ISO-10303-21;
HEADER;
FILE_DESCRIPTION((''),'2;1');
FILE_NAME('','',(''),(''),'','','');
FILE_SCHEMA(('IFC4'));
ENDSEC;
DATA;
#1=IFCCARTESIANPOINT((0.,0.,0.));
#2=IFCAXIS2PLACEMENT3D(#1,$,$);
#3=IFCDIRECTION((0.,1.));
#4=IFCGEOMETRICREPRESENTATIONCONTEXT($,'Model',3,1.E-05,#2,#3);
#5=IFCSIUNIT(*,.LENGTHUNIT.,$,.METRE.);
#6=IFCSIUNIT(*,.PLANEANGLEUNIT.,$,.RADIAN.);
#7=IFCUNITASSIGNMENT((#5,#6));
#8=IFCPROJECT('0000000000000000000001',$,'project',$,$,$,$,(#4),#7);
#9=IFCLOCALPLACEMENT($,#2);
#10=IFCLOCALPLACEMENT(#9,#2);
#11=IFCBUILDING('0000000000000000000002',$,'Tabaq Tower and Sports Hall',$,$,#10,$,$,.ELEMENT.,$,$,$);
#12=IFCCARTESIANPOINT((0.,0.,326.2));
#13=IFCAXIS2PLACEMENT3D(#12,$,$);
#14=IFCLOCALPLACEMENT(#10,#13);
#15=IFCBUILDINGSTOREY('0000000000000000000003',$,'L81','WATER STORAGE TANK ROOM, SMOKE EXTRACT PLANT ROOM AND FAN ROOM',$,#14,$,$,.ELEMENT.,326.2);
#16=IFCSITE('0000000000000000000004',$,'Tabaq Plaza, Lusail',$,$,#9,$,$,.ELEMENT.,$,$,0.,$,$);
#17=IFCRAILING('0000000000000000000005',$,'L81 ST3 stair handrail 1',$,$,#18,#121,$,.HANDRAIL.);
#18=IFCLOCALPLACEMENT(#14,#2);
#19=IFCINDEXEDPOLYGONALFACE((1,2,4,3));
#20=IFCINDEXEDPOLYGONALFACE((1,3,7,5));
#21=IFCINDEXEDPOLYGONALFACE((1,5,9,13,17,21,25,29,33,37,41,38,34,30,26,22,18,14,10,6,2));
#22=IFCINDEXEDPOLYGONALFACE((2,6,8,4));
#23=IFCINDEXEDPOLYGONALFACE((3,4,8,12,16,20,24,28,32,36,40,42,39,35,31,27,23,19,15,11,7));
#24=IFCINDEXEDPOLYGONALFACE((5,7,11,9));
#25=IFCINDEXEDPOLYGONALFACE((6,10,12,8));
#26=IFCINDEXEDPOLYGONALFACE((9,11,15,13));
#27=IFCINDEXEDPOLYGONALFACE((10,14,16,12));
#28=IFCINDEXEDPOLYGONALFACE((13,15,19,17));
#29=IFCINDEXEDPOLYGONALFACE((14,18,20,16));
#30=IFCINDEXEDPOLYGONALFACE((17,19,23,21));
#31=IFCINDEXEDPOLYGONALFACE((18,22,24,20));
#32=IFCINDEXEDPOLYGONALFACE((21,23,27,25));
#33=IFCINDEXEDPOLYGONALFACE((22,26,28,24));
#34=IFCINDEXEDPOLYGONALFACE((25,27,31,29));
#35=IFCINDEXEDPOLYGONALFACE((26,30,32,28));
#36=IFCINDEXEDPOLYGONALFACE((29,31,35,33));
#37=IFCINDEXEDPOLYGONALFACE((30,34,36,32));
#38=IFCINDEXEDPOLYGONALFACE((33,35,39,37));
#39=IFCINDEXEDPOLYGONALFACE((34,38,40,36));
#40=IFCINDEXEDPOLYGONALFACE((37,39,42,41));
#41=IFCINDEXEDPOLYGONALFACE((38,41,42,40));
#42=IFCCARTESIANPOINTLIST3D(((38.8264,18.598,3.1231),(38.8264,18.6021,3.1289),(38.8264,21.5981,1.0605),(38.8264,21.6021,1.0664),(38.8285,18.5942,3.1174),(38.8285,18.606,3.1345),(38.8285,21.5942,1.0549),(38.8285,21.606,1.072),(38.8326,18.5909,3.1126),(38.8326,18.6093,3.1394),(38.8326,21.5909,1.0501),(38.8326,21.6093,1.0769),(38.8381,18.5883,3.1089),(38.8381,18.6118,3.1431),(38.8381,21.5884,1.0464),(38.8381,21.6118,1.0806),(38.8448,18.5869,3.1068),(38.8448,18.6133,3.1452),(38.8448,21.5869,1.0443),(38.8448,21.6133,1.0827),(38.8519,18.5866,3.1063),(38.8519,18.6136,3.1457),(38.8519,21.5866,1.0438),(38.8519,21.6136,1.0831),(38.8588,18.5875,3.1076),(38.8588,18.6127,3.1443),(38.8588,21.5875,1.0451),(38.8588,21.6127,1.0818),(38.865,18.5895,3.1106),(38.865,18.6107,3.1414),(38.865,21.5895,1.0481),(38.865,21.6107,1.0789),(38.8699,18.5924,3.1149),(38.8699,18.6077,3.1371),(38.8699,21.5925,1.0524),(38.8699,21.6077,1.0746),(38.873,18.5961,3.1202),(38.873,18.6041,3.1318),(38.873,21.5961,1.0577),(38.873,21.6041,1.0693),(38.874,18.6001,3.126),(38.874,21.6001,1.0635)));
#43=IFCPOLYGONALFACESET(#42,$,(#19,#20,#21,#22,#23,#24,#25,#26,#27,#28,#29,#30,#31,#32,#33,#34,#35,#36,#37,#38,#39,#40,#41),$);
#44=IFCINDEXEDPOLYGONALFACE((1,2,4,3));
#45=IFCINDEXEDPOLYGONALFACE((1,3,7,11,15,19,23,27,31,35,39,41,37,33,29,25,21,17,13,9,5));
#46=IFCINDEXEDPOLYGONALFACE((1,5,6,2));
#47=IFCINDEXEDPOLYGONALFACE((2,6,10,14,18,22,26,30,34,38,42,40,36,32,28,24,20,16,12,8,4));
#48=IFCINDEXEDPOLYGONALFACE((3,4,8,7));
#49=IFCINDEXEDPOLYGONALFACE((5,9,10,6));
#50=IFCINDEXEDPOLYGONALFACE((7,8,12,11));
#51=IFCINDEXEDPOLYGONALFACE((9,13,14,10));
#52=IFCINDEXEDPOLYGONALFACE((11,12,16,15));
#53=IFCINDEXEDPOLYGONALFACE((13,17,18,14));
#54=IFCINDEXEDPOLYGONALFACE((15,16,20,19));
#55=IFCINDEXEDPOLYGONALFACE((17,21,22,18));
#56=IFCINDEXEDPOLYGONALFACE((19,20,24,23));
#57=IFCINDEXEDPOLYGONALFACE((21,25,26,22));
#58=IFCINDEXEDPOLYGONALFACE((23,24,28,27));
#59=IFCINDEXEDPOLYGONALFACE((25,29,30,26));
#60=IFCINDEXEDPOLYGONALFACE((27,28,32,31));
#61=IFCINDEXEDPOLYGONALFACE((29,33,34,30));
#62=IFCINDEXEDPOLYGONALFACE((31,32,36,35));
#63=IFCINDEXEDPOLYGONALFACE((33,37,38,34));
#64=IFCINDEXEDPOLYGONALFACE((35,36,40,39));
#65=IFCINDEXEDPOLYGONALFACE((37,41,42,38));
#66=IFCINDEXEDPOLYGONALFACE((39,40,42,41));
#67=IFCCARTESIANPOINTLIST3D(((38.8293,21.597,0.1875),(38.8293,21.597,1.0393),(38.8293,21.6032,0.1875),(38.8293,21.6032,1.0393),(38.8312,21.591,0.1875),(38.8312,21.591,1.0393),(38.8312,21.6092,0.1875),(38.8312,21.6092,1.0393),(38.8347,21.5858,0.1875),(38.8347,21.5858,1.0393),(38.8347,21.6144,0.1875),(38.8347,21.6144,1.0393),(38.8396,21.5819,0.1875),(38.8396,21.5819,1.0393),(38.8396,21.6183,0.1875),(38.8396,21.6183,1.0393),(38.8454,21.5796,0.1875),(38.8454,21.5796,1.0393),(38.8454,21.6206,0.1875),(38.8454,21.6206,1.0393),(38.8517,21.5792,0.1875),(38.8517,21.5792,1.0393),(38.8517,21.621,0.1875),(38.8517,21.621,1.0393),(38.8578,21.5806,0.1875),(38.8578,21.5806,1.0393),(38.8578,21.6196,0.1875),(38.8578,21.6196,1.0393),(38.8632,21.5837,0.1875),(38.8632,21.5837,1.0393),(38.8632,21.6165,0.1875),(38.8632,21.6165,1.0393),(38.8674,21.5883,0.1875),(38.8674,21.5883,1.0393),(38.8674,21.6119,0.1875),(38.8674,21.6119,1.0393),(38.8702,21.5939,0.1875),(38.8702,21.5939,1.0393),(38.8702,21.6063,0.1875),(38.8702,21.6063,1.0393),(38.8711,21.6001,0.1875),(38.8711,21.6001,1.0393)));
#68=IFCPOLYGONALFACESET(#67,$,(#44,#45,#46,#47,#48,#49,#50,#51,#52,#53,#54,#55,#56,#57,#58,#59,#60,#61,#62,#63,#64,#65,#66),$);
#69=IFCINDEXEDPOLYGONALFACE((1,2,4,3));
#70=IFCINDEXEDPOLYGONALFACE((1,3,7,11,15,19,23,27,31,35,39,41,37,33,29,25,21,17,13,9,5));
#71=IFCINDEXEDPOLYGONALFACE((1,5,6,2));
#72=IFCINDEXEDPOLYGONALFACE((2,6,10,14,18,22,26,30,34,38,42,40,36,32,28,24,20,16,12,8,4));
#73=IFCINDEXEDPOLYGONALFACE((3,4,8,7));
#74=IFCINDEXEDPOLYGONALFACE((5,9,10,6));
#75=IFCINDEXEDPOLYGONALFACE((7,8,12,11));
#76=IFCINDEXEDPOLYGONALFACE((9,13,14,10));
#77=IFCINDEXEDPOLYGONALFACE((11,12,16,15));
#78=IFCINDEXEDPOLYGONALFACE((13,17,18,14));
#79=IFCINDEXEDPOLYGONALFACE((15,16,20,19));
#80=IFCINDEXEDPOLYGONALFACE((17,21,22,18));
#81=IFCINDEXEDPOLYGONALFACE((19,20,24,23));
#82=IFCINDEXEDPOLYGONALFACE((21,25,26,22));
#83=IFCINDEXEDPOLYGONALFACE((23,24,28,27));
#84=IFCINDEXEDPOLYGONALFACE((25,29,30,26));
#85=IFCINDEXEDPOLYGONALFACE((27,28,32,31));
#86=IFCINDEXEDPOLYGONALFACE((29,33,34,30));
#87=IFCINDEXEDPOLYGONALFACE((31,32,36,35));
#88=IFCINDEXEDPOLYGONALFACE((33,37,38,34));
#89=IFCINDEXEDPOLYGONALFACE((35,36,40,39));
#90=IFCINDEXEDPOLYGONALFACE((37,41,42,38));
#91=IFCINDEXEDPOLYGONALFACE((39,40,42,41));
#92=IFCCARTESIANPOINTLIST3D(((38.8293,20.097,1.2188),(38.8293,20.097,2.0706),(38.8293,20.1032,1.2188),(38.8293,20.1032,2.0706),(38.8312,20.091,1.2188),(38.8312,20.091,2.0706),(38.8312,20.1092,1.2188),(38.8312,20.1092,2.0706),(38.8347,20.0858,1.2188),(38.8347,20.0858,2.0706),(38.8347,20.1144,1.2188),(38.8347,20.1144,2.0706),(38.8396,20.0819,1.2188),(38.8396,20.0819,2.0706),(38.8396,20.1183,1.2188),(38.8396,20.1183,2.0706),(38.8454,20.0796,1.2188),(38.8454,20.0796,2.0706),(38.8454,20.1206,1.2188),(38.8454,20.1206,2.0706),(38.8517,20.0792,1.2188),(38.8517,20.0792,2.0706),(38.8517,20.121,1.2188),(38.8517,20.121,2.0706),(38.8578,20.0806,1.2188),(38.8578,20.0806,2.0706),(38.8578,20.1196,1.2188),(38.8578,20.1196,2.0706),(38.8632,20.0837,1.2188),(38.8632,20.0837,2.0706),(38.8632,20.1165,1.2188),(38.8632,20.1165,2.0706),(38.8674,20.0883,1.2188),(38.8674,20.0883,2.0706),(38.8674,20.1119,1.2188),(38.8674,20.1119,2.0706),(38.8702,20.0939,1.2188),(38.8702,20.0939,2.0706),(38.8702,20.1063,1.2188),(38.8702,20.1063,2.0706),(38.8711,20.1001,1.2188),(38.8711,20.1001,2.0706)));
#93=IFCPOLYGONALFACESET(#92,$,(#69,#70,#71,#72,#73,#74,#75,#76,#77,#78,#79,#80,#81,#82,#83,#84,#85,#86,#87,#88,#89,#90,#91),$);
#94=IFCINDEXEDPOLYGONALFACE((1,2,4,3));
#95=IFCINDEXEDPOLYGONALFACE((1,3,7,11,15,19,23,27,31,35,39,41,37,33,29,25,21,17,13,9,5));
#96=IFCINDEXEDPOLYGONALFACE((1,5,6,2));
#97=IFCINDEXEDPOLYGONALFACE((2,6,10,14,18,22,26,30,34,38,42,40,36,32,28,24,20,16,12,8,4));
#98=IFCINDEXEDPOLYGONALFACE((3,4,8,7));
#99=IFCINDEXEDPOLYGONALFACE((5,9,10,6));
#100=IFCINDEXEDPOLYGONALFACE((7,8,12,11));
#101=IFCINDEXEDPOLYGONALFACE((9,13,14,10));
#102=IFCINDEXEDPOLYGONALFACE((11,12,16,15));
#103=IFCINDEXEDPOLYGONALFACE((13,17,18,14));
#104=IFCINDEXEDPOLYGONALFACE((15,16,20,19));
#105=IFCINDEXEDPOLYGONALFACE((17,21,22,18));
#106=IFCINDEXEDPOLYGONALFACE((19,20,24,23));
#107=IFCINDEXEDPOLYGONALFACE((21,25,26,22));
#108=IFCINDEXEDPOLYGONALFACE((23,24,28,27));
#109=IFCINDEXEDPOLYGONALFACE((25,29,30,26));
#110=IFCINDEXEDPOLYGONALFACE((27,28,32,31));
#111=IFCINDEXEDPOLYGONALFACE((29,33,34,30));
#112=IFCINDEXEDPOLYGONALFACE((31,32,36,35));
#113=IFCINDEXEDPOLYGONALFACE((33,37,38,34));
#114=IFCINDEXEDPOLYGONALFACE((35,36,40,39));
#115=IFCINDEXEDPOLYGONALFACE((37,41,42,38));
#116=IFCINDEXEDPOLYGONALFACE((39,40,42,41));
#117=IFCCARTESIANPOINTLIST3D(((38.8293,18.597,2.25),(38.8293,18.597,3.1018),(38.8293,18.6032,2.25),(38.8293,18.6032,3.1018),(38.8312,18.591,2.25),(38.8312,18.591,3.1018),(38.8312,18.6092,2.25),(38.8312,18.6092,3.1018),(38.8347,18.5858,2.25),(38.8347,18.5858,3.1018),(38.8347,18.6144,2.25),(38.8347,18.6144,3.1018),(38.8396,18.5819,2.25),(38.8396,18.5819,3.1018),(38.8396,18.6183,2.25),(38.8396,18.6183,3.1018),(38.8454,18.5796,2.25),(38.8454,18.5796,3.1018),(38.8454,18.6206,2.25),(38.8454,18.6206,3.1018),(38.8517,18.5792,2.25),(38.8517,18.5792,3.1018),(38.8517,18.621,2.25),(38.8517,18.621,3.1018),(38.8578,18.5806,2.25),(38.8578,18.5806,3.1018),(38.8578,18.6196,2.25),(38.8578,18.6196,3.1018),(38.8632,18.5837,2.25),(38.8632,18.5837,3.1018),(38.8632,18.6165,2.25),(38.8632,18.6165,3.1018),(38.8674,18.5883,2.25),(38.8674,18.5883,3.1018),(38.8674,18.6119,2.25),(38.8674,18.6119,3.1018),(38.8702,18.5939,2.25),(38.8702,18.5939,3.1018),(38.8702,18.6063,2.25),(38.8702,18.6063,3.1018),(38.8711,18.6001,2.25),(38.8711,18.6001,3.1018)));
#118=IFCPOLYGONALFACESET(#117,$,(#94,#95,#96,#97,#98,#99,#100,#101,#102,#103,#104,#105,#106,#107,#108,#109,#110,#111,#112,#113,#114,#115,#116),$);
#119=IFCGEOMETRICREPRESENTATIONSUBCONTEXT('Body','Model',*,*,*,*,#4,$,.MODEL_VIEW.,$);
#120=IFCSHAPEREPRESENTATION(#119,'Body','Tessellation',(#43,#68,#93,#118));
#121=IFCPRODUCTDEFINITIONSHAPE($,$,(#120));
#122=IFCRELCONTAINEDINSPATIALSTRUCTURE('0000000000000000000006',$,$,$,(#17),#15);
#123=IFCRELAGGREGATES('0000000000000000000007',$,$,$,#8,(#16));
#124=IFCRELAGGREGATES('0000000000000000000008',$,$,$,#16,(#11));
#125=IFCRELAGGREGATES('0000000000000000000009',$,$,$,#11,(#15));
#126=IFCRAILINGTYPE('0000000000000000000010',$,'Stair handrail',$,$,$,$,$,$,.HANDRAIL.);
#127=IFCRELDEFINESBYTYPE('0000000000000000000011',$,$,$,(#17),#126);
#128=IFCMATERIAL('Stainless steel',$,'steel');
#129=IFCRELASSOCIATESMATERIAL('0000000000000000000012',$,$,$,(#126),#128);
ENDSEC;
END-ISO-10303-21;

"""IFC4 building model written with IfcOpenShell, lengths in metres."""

from ifc_helpers import new_model, si_unit, direction, frame, origin, origin_2d, place, context, subcontext, project, spatial, circle, extrude, material, type_object, element, save


model = new_model("IFC4")

# Units and contexts
model_context = context("Model", 3, precision=1e-05, world=origin(), true_north=direction((0.0, 1.0)))
body_context = subcontext(model_context, "Body", "Model", "MODEL_VIEW")
ifc_project = project(units=[si_unit("LENGTHUNIT", "METRE"), si_unit("PLANEANGLEUNIT", "RADIAN")], contexts=[model_context])

# Site, building, storey
site_placement = place(None, origin())
site = spatial("IfcSite", under=ifc_project, at=site_placement, Name="Tabaq Plaza, Lusail", CompositionType="ELEMENT", RefElevation=0.0)
building_placement = place(site_placement, origin())
building = spatial("IfcBuilding", under=site, at=building_placement, Name="Tabaq Tower and Sports Hall", CompositionType="ELEMENT")
storey_placement = place(building_placement, frame((0.0, 0.0, 326.2)))
storey = spatial("IfcBuildingStorey", under=building, at=storey_placement, Name="L81", Description="WATER STORAGE TANK ROOM, SMOKE EXTRACT PLANT ROOM AND FAN ROOM", CompositionType="ELEMENT", Elevation=326.2)

# Railing
ifc_material_1 = material(Name="Stainless steel", Category="steel")
railing_type_1 = type_object("IfcRailingType", Name="Stair handrail", PredefinedType="HANDRAIL", material=ifc_material_1)
railing_1_placement = place(storey_placement, frame((38.8501, 21.6001, 0.1875)))
element("IfcRailing", 1, at=railing_1_placement, inside=storey, type_object=railing_type_1, Name="L81 ST3 stair handrail 1", PredefinedType="HANDRAIL", context=body_context, shape_type="SweptSolid", body=[
    extrude(circle(Radius=0.0239, at=origin_2d()), frame((0.0, 0.0, 0.876), z_axis=(0.0, -0.824042, 0.566529), x_axis=(1.0, 0.0, 0.0)), (0.0, 0.0, 1.0), 3.6406),
    extrude(circle(Radius=0.021, at=origin_2d()), origin(), (0.0, 0.0, 1.0), 0.8518),
    extrude(circle(Radius=0.021, at=origin_2d()), frame((0.0, -1.5, 1.0312)), (0.0, 0.0, 1.0), 0.8518),
    extrude(circle(Radius=0.021, at=origin_2d()), frame((0.0, -3.0, 2.0625)), (0.0, 0.0, 1.0), 0.8518),
])

save(model, "model.ifc")
